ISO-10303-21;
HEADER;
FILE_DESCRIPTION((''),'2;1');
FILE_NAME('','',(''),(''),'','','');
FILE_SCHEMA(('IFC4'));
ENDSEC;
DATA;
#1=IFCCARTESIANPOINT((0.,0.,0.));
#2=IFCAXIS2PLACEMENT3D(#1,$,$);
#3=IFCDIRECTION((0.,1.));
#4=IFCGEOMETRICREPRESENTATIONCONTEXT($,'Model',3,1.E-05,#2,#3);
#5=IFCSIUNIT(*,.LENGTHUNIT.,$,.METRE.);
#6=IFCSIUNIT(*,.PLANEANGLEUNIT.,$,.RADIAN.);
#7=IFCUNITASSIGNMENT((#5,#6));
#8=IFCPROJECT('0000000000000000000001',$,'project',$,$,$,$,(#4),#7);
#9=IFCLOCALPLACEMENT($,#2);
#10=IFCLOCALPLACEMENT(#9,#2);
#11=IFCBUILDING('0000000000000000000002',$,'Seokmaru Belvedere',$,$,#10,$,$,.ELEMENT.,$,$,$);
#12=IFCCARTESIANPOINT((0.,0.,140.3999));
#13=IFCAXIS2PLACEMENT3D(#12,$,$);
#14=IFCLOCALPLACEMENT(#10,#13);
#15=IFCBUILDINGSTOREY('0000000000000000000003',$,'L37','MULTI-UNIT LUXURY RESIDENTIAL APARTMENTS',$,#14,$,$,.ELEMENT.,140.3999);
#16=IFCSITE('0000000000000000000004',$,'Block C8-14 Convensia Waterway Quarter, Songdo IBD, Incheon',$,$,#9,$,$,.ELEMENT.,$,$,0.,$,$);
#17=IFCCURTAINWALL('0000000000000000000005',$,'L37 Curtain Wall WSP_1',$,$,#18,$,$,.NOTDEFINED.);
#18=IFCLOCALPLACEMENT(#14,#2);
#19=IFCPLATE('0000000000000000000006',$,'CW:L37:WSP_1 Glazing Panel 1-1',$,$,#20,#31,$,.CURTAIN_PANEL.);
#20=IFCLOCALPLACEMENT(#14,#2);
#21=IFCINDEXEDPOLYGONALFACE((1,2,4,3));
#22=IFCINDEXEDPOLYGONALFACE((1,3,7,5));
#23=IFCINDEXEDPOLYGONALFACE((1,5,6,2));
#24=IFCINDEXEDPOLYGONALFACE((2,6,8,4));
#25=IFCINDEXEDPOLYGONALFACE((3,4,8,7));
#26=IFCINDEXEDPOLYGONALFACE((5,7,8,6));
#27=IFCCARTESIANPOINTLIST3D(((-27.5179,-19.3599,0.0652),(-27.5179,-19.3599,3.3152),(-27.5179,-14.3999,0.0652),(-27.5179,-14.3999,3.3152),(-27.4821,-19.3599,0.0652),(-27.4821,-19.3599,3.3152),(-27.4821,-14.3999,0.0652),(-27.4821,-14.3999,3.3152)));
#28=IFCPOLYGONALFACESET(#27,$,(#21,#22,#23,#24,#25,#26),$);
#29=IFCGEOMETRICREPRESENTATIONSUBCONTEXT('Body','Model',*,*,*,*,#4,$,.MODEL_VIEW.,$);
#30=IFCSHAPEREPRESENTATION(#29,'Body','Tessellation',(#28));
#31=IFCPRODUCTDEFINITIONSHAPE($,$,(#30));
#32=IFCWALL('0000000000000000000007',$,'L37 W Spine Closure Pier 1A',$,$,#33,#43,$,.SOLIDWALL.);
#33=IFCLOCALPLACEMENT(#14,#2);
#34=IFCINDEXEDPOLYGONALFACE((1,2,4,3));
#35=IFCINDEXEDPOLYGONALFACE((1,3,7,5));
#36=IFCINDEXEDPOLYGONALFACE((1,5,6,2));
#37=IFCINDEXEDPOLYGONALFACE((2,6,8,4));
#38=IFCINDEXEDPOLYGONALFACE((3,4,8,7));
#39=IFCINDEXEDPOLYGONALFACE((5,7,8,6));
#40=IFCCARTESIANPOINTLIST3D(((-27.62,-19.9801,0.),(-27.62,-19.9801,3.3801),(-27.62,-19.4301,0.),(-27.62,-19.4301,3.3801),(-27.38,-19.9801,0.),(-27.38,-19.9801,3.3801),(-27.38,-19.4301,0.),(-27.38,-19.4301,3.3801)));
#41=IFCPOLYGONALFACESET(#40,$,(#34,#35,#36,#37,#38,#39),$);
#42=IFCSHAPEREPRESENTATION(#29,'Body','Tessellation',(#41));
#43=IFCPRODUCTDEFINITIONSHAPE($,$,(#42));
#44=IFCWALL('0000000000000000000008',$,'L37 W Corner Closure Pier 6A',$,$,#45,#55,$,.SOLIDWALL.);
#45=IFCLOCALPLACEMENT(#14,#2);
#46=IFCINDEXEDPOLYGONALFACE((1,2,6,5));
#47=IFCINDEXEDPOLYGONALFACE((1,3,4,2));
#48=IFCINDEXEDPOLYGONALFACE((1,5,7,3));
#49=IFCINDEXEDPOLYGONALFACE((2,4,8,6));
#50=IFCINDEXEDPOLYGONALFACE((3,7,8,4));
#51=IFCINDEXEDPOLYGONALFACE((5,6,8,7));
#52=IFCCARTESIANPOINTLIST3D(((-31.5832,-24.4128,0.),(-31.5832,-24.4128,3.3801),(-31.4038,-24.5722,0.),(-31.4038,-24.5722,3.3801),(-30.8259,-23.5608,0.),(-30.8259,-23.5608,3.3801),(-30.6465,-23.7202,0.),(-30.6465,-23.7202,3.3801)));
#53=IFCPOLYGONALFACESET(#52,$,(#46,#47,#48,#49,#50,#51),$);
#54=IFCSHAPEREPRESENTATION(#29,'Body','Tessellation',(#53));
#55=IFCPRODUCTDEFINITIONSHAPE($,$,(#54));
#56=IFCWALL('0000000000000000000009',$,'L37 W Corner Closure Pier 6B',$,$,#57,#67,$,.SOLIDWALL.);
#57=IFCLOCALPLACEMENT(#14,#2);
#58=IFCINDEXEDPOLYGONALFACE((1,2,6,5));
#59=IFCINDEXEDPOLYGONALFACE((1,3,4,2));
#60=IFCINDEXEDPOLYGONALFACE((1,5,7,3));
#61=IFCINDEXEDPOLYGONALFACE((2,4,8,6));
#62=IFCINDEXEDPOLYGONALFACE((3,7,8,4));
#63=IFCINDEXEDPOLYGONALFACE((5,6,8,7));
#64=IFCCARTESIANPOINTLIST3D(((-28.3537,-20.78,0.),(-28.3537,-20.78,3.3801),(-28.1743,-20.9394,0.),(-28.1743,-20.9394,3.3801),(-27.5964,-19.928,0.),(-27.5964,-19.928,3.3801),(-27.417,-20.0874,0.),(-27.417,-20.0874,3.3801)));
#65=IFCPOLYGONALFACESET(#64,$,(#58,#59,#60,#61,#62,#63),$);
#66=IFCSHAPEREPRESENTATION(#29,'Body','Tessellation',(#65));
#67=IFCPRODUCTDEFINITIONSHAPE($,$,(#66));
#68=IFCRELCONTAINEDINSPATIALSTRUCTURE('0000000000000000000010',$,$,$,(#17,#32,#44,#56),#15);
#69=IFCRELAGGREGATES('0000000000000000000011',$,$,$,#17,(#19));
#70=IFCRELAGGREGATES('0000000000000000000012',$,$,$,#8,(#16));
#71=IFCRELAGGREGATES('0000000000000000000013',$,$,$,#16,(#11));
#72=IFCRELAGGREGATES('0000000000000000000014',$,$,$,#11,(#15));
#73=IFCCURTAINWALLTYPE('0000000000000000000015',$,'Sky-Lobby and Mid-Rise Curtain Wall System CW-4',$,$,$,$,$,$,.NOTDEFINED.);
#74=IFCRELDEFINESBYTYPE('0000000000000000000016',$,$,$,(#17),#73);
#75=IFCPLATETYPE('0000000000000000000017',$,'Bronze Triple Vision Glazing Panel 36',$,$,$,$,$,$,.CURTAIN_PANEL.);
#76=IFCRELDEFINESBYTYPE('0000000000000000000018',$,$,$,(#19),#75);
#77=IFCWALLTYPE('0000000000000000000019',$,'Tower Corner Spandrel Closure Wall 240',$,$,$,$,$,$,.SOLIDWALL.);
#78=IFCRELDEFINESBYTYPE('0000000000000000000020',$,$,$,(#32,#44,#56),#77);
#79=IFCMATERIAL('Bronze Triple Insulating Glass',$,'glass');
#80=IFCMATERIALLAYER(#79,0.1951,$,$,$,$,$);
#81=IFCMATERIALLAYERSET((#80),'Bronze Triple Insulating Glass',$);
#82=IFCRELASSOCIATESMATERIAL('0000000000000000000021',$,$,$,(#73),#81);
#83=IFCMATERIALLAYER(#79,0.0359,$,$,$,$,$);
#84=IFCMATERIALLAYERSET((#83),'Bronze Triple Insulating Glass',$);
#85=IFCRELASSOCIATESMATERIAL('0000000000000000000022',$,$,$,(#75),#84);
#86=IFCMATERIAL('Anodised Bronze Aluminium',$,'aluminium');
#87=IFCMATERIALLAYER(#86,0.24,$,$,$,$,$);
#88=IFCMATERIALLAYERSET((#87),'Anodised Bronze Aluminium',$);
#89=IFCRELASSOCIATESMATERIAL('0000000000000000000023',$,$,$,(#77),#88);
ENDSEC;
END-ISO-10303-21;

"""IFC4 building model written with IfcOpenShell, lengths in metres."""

from ifc_helpers import new_model, si_unit, direction, frame, frame_2d, origin, origin_2d, place, context, subcontext, project, spatial, rectangle, extrude, source, transform, mapped, material, layer, layer_set, type_object, element, aggregate, save


model = new_model("IFC4")

# Units and contexts
model_context = context("Model", 3, precision=1e-05, world=origin(), true_north=direction((0.0, 1.0)))
body_context = subcontext(model_context, "Body", "Model", "MODEL_VIEW")
ifc_project = project(units=[si_unit("LENGTHUNIT", "METRE"), si_unit("PLANEANGLEUNIT", "RADIAN")], contexts=[model_context])

# Site, building, storey
site_placement = place(None, origin())
site = spatial("IfcSite", under=ifc_project, at=site_placement, Name="Block C8-14 Convensia Waterway Quarter, Songdo IBD, Incheon", CompositionType="ELEMENT", RefElevation=0.0)
building_placement = place(site_placement, origin())
building = spatial("IfcBuilding", under=site, at=building_placement, Name="Seokmaru Belvedere", CompositionType="ELEMENT")
storey_placement = place(building_placement, frame((0.0, 0.0, 140.3999)))
storey = spatial("IfcBuildingStorey", under=building, at=storey_placement, Name="L37", Description="MULTI-UNIT LUXURY RESIDENTIAL APARTMENTS", CompositionType="ELEMENT", Elevation=140.3999)

# Curtain wall
ifc_material_1 = material(Name="Bronze Triple Insulating Glass", Category="glass")
ifc_layer_1 = layer(ifc_material_1, 0.1951)
ifc_layer_set_1 = layer_set([ifc_layer_1], Name="Bronze Triple Insulating Glass")
curtain_wall_type = type_object("IfcCurtainWallType", Name="Sky-Lobby and Mid-Rise Curtain Wall System CW-4", PredefinedType="NOTDEFINED", material=ifc_layer_set_1)
curtain_wall_1_placement = place(storey_placement, origin())
curtain_wall_1 = element("IfcCurtainWall", 1, at=curtain_wall_1_placement, inside=storey, type_object=curtain_wall_type, Name="L37 Curtain Wall WSP_1", PredefinedType="NOTDEFINED")
ifc_material_2 = material(Name="Anodised Bronze Aluminium", Category="aluminium")

# Plate
ifc_layer_2 = layer(ifc_material_1, 0.0359)
ifc_layer_set_2 = layer_set([ifc_layer_2], Name="Bronze Triple Insulating Glass")
plate_type = type_object("IfcPlateType", Name="Bronze Triple Vision Glazing Panel 36", PredefinedType="CURTAIN_PANEL", material=ifc_layer_set_2)
shared_shape_1 = source(origin(), body_context, "Body", "SweptSolid", [
    extrude(rectangle(XDim=4.96, YDim=0.0359, at=origin_2d()), origin(), (0.0, 0.0, 1.0), 3.25),
])
plate_1_placement = place(storey_placement, frame((-27.5, -16.8799, 0.0652), z_axis=(0.0, 0.0, 1.0), x_axis=(0.0, 1.0, 0.0)))
plate_1 = element("IfcPlate", 2, at=plate_1_placement, type_object=plate_type, Name="CW:L37:WSP_1 Glazing Panel 1-1", PredefinedType="CURTAIN_PANEL", context=body_context, shape_type="MappedRepresentation", body=[
    mapped(shared_shape_1, transform((0.0, 0.0, 0.0), scale=1.0)),
])
aggregate(curtain_wall_1, [plate_1])

# Walls
ifc_layer_3 = layer(ifc_material_2, 0.24)
ifc_layer_set_3 = layer_set([ifc_layer_3], Name="Anodised Bronze Aluminium")
wall_type = type_object("IfcWallType", Name="Tower Corner Spandrel Closure Wall 240", PredefinedType="SOLIDWALL", material=ifc_layer_set_3)
wall_placement = place(storey_placement, frame((-27.5, -19.98, 0.0), z_axis=(0.0, 0.0, 1.0), x_axis=(0.0, 1.0, 0.0)))
element("IfcWall", 3, at=wall_placement, inside=storey, type_object=wall_type, Name="L37 W Spine Closure Pier 1A", PredefinedType="SOLIDWALL", context=body_context, shape_type="SweptSolid", body=[
    extrude(rectangle(XDim=0.55, YDim=0.24, at=frame_2d((0.2749, 0.0))), origin(), (0.0, 0.0, 1.0), 3.3801),
])
for number, where, z_axis, x_axis, name in (
    (4, (-31.4934, -24.4924, 0.0), (0.0, 0.0, 1.0), (0.664337, 0.747433, 0.0), "L37 W Corner Closure Pier 6A"),
    (5, (-28.2639, -20.8596, 0.0), (0.0, 0.0, 1.0), (0.664337, 0.747433, 0.0), "L37 W Corner Closure Pier 6B"),
):
    element("IfcWall", number, at=place(storey_placement, frame(where, z_axis=z_axis, x_axis=x_axis)), inside=storey, type_object=wall_type, Name=name, PredefinedType="SOLIDWALL", context=body_context, shape_type="SweptSolid", body=[
        extrude(rectangle(XDim=1.1399, YDim=0.24, at=frame_2d((0.5698, 0.0))), origin(), (0.0, 0.0, 1.0), 3.3801),
    ])

save(model, "model.ifc")
